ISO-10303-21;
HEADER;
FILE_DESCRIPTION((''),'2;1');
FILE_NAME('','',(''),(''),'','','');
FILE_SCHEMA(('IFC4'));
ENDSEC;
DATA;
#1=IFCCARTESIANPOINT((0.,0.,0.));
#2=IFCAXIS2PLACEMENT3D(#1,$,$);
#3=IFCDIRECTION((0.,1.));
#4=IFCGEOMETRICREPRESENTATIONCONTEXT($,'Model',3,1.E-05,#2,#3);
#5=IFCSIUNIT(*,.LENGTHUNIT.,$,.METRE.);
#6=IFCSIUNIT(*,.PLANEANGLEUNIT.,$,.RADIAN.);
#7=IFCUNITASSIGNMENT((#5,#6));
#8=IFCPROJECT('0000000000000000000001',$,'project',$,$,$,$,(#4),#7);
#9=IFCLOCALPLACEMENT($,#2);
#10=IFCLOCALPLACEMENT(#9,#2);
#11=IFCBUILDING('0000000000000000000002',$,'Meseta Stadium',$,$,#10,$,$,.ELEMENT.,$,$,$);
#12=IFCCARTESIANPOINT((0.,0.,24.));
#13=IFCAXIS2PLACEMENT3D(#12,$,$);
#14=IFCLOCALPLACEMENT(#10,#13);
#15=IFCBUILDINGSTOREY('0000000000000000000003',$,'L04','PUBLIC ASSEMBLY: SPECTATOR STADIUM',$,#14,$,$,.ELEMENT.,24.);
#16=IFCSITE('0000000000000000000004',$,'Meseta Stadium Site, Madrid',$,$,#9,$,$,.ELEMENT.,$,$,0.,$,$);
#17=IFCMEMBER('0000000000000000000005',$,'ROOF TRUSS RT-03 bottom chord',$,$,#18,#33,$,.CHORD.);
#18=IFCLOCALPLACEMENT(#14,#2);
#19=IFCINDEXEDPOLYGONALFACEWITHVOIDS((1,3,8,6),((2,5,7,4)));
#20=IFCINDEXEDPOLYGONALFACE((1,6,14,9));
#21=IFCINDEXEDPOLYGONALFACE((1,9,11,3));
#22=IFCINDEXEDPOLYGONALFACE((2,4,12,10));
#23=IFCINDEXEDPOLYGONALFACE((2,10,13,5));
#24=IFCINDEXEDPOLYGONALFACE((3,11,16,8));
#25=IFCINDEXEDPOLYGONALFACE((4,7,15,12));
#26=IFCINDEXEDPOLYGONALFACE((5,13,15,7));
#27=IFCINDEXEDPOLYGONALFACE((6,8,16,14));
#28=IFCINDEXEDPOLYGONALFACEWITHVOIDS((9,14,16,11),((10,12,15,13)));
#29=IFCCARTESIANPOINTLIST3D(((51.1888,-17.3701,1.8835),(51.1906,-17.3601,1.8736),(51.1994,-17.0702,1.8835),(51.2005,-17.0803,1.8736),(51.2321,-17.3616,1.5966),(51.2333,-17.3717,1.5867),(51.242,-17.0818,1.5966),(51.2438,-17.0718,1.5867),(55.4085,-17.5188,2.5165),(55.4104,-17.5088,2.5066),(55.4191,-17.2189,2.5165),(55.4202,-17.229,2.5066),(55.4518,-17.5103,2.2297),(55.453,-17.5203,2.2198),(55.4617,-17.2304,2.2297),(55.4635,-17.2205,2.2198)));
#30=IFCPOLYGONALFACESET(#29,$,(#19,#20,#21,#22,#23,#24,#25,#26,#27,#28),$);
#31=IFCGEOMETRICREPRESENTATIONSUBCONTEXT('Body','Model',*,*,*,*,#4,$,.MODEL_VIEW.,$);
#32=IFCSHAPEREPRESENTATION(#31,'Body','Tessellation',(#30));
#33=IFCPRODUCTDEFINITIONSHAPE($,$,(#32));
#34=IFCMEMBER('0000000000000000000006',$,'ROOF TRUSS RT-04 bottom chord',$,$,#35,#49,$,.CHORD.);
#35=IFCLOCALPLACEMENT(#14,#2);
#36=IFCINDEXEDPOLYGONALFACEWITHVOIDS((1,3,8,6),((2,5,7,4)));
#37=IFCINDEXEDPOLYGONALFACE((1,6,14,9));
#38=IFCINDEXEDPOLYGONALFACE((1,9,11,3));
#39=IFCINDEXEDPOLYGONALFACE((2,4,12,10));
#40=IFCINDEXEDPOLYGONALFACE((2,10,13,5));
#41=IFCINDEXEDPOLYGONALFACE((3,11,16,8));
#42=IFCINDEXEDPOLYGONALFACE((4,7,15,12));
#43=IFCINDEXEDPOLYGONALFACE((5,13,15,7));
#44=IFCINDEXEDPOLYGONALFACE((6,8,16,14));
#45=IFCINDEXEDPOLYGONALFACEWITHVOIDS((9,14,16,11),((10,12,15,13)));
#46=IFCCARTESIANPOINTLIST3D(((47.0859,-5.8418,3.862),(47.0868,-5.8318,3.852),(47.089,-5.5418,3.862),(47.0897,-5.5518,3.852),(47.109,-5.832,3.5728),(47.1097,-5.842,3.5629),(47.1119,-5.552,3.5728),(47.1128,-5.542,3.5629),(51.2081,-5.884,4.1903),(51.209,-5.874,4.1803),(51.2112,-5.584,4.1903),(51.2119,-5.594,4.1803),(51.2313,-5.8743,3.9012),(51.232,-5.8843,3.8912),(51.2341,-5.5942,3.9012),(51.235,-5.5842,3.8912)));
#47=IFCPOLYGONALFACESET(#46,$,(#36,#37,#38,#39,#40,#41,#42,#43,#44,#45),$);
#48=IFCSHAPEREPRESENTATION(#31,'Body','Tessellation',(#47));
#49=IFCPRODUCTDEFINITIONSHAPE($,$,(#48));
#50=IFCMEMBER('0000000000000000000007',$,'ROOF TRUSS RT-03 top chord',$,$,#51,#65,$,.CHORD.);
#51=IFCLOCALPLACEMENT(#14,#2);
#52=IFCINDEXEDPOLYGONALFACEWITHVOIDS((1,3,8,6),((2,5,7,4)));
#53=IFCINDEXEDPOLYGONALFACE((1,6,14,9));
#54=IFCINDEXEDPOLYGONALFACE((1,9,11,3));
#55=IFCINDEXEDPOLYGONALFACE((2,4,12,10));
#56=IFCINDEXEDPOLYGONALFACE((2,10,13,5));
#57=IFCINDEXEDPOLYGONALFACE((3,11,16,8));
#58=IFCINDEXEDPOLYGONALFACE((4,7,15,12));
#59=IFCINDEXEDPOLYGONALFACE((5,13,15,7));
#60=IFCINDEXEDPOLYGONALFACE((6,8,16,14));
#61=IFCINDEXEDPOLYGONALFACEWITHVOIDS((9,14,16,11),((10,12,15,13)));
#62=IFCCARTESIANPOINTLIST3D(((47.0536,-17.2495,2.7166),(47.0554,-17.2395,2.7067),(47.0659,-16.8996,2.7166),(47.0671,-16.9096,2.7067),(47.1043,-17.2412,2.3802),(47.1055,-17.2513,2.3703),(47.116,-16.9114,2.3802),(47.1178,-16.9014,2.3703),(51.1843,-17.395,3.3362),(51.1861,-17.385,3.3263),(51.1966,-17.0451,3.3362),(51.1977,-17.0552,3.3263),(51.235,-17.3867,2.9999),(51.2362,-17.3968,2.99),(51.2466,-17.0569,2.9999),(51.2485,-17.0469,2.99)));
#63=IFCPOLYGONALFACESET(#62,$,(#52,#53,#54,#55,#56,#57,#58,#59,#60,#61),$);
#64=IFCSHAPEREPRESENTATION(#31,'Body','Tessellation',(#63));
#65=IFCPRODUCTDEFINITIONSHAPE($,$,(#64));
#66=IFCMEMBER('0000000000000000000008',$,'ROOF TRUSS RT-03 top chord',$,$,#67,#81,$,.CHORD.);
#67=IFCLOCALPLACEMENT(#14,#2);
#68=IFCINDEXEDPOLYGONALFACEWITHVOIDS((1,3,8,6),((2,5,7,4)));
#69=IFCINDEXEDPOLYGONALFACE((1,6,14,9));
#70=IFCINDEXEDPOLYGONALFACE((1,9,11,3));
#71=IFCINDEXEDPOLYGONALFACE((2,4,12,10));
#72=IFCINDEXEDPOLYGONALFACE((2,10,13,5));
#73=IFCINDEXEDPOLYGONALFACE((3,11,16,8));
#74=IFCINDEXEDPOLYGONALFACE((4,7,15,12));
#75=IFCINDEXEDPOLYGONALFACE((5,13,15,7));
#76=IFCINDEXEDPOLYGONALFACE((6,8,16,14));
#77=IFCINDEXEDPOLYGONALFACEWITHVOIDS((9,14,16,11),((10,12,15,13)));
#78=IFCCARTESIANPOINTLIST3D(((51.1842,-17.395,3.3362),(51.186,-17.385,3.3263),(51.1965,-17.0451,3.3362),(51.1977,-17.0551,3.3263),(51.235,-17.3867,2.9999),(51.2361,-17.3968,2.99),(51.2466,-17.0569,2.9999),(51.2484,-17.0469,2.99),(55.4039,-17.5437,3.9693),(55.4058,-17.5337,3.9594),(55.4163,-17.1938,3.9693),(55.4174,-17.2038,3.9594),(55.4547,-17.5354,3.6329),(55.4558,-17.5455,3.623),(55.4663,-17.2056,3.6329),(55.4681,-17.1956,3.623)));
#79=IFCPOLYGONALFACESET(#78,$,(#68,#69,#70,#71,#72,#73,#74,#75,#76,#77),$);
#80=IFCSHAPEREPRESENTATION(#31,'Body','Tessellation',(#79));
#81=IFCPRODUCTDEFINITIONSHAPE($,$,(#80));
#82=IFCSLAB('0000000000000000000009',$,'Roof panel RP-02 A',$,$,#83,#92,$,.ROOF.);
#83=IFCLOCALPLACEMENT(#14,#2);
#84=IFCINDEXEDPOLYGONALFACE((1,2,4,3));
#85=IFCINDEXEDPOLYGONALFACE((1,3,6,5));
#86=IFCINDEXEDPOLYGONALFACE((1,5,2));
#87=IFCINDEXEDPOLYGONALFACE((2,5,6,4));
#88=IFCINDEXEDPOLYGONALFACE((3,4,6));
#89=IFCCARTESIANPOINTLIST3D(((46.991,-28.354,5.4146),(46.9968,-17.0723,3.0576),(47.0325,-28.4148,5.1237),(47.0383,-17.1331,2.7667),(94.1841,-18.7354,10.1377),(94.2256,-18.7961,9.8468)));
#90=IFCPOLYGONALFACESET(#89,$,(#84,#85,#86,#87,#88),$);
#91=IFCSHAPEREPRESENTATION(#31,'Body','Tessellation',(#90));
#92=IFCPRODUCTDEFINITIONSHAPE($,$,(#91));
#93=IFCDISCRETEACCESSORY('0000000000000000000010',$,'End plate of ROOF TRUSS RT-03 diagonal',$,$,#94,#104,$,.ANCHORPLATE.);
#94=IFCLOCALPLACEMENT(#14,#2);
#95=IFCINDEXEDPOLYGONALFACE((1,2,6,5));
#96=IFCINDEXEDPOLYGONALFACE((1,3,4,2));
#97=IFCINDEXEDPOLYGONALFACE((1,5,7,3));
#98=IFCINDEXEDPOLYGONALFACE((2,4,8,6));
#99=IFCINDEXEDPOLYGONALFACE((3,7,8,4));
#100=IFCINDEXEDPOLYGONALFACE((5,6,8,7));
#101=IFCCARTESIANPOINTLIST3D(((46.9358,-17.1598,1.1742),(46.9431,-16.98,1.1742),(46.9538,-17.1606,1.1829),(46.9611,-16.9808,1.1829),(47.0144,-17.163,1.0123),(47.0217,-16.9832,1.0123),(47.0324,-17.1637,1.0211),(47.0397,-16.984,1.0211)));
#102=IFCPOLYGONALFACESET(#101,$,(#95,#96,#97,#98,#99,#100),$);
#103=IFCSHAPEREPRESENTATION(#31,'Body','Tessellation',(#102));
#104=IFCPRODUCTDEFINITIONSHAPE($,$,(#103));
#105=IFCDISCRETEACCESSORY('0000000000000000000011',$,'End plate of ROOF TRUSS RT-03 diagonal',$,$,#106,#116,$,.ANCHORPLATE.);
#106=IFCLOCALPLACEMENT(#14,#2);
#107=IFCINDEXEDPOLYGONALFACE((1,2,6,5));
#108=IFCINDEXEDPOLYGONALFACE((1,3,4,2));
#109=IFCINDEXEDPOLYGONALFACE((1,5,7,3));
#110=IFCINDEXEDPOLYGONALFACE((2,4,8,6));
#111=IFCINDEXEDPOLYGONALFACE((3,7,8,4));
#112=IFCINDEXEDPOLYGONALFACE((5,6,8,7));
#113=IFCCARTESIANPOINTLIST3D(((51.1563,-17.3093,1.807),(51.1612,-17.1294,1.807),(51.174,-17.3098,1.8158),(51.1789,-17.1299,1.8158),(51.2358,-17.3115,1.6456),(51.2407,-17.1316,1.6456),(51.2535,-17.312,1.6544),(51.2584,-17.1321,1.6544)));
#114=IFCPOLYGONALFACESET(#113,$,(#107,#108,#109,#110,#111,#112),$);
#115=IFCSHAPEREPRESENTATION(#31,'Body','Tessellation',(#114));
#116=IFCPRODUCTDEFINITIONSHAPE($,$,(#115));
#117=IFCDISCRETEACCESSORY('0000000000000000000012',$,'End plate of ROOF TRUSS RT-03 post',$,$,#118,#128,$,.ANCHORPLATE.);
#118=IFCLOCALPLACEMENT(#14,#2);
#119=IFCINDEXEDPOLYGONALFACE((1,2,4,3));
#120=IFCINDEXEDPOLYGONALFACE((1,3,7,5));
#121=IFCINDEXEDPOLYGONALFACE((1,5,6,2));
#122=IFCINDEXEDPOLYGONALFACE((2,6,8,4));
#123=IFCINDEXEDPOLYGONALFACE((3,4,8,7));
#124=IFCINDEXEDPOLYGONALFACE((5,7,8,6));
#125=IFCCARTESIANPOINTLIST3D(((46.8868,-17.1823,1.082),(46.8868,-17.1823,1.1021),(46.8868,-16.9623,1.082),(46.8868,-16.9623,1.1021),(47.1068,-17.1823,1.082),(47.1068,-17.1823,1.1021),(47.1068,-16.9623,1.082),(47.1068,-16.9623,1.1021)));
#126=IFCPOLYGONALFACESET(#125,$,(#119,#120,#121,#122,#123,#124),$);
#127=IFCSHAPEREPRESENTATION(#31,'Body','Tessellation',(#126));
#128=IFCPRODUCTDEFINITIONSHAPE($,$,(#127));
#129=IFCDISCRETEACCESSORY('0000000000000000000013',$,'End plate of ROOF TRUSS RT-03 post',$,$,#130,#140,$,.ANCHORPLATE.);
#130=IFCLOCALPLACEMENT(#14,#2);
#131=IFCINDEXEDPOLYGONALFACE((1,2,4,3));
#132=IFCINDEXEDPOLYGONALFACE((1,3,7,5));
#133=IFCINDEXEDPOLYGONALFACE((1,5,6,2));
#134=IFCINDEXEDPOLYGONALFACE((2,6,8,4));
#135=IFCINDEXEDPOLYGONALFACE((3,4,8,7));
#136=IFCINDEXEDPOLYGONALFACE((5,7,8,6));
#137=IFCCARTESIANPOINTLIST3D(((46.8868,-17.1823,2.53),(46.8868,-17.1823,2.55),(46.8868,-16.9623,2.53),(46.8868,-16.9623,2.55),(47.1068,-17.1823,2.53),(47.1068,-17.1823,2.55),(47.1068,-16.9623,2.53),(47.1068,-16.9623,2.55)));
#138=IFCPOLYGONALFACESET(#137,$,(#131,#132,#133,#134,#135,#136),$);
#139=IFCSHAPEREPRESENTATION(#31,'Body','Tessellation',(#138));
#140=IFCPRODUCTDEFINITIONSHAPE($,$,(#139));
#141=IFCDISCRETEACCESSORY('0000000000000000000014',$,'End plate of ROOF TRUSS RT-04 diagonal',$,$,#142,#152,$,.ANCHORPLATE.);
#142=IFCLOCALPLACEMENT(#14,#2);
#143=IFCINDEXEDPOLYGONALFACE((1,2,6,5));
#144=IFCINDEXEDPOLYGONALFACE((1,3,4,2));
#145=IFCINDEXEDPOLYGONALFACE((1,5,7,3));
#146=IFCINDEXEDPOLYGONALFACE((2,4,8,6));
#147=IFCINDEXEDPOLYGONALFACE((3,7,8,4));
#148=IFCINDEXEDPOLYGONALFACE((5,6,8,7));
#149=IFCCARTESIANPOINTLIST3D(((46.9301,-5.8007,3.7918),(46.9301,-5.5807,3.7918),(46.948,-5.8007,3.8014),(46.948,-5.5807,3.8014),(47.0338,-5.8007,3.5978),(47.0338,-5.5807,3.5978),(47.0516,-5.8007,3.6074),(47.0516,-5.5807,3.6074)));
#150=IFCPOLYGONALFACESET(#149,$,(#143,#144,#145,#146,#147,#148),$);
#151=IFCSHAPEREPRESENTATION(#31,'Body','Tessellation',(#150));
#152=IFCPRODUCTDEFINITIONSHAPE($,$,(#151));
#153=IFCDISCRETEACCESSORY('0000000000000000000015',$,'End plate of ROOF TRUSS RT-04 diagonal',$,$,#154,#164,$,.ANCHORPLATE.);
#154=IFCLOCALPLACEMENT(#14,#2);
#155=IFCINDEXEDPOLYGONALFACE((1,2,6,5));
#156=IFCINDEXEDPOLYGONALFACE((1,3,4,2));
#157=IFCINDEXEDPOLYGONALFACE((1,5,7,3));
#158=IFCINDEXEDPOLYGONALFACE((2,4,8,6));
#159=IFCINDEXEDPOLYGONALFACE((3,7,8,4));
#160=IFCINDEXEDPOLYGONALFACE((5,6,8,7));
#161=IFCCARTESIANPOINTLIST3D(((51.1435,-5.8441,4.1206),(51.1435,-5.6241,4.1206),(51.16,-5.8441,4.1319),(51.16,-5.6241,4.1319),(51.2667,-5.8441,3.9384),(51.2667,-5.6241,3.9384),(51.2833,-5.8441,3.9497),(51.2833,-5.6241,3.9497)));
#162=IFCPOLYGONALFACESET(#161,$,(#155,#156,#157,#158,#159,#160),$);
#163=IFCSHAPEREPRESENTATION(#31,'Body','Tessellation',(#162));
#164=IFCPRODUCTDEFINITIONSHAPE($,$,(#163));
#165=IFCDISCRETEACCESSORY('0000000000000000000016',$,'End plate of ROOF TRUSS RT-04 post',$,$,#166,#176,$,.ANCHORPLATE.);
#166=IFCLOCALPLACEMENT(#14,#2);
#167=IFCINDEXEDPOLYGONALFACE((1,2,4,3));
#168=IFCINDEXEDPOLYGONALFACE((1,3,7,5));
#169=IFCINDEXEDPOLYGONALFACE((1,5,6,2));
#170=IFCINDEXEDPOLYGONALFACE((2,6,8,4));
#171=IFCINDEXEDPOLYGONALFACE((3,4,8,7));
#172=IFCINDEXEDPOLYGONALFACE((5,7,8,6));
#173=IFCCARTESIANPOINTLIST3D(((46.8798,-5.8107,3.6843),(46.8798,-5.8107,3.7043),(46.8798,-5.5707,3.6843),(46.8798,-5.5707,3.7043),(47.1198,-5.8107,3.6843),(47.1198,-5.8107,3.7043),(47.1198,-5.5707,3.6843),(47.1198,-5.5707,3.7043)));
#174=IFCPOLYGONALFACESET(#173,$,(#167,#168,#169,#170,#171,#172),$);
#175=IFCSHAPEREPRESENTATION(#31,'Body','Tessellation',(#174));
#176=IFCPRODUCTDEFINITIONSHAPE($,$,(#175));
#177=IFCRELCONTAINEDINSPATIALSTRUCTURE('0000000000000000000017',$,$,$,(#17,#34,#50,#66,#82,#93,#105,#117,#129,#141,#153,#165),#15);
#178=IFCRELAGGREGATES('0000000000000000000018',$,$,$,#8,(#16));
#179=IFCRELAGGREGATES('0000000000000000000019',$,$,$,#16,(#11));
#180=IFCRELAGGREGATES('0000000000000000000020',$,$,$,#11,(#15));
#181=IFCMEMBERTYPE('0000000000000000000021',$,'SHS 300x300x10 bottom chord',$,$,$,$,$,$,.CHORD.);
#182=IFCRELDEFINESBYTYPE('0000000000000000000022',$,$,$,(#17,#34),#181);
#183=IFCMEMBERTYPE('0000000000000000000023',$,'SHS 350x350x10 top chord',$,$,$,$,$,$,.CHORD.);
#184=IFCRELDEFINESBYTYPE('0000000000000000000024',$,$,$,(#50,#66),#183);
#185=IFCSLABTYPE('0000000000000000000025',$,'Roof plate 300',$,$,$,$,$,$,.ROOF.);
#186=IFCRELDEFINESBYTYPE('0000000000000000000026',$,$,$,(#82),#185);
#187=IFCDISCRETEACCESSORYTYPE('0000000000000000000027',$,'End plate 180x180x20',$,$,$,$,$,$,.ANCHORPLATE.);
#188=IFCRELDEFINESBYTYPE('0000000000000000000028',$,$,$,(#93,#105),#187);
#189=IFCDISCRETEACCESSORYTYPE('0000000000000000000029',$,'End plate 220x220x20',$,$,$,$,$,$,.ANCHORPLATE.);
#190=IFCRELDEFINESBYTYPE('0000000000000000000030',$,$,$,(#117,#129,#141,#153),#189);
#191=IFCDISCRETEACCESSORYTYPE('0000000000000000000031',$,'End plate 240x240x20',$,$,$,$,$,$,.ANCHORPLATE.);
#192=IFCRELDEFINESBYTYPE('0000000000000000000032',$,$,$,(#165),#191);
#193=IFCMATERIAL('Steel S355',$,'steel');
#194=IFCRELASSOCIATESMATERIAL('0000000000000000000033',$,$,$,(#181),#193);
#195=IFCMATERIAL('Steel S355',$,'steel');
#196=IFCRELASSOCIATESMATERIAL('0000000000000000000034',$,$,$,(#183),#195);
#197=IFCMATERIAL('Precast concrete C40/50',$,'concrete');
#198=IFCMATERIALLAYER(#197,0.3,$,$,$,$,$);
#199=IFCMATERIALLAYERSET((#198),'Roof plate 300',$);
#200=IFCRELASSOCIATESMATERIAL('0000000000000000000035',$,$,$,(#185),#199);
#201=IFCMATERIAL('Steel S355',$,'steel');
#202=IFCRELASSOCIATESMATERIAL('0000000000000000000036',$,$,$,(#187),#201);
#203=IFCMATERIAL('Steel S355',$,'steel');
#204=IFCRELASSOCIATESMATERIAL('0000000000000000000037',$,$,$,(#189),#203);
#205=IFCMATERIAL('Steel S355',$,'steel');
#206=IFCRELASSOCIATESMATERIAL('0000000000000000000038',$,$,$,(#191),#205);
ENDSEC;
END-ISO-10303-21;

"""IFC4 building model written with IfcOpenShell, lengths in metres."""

from ifc_helpers import new_model, si_unit, direction, frame, origin, origin_2d, place, context, subcontext, project, spatial, polyline, rectangle, hollow_rectangle, outline, extrude, material, layer, layer_set, material_profile, profile_set, type_object, element, save


model = new_model("IFC4")

# Units and contexts
model_context = context("Model", 3, precision=1e-05, world=origin(), true_north=direction((0.0, 1.0)))
body_context = subcontext(model_context, "Body", "Model", "MODEL_VIEW")
ifc_project = project(units=[si_unit("LENGTHUNIT", "METRE"), si_unit("PLANEANGLEUNIT", "RADIAN")], contexts=[model_context])

# Site, building, storey
site_placement = place(None, origin())
site = spatial("IfcSite", under=ifc_project, at=site_placement, Name="Meseta Stadium Site, Madrid", CompositionType="ELEMENT", RefElevation=0.0)
building_placement = place(site_placement, origin())
building = spatial("IfcBuilding", under=site, at=building_placement, Name="Meseta Stadium", CompositionType="ELEMENT")
storey_placement = place(building_placement, frame((0.0, 0.0, 24.0)))
storey = spatial("IfcBuildingStorey", under=building, at=storey_placement, Name="L04", Description="PUBLIC ASSEMBLY: SPECTATOR STADIUM", CompositionType="ELEMENT", Elevation=24.0)

# Members
ifc_material_1 = material(Name="Steel S355", Category="steel")
ifc_material_profile_1 = material_profile(ifc_material_1, hollow_rectangle(XDim=0.3, YDim=0.3, WallThickness=0.01, at=origin_2d()), Name="SHS 300x300x10")
ifc_profile_set_1 = profile_set([ifc_material_profile_1], Name="Steel S355")
member_type_1 = type_object("IfcMemberType", Name="SHS 300x300x10 bottom chord", PredefinedType="CHORD", material=ifc_profile_set_1)
member_1_placement = place(storey_placement, frame((51.2163, -17.2209, 1.7351), z_axis=(0.988333, -0.034824, 0.148273), x_axis=(0.035213, 0.99938, 0.0)))
element("IfcMember", 1, at=member_1_placement, inside=storey, type_object=member_type_1, Name="ROOF TRUSS RT-03 bottom chord", PredefinedType="CHORD", context=body_context, shape_type="SweptSolid", body=[
    extrude(hollow_rectangle(XDim=0.3, YDim=0.3, WallThickness=0.01, at=origin_2d()), origin(), (0.0, 0.0, 1.0), 4.2695),
])
member_2_placement = place(storey_placement, frame((47.0994, -5.6919, 3.7124), z_axis=(0.99679, -0.010213, 0.079401), x_axis=(0.010245, 0.999948, 0.0)))
element("IfcMember", 2, at=member_2_placement, inside=storey, type_object=member_type_1, Name="ROOF TRUSS RT-04 bottom chord", PredefinedType="CHORD", context=body_context, shape_type="SweptSolid", body=[
    extrude(hollow_rectangle(XDim=0.3, YDim=0.3, WallThickness=0.01, at=origin_2d()), origin(), (0.0, 0.0, 1.0), 4.1355),
])
ifc_material_2 = material(Name="Steel S355", Category="steel")
ifc_material_profile_2 = material_profile(ifc_material_2, hollow_rectangle(XDim=0.3501, YDim=0.3501, WallThickness=0.01, at=origin_2d()), Name="SHS 350x350x10")
ifc_profile_set_2 = profile_set([ifc_material_profile_2], Name="Steel S355")
member_type_2 = type_object("IfcMemberType", Name="SHS 350x350x10 top chord", PredefinedType="CHORD", material=ifc_profile_set_2)
member_3_placement = place(storey_placement, frame((47.0857, -17.0754, 2.5435), z_axis=(0.988336, -0.034816, 0.148259), x_axis=(0.035205, 0.99938, 0.0)))
element("IfcMember", 3, at=member_3_placement, inside=storey, type_object=member_type_2, Name="ROOF TRUSS RT-03 top chord", PredefinedType="CHORD", context=body_context, shape_type="SweptSolid", body=[
    extrude(hollow_rectangle(XDim=0.3501, YDim=0.3501, WallThickness=0.01, at=origin_2d()), origin(), (0.0, 0.0, 1.0), 4.1794),
])
member_4_placement = place(storey_placement, frame((51.2163, -17.2209, 3.1631), z_axis=(0.988333, -0.034824, 0.148273), x_axis=(0.035213, 0.99938, 0.0)))
element("IfcMember", 4, at=member_4_placement, inside=storey, type_object=member_type_2, Name="ROOF TRUSS RT-03 top chord", PredefinedType="CHORD", context=body_context, shape_type="SweptSolid", body=[
    extrude(hollow_rectangle(XDim=0.3501, YDim=0.3501, WallThickness=0.01, at=origin_2d()), origin(), (0.0, 0.0, 1.0), 4.2695),
])

# Slab
ifc_material_3 = material(Name="Precast concrete C40/50", Category="concrete")
ifc_layer = layer(ifc_material_3, 0.3)
ifc_layer_set = layer_set([ifc_layer], Name="Roof plate 300")
slab_type = type_object("IfcSlabType", Name="Roof plate 300", PredefinedType="ROOF", material=ifc_layer_set)
slab_placement = place(storey_placement, frame((46.9968, -17.0723, 3.0576), z_axis=(-0.138317, 0.202604, 0.969443), x_axis=(0.98833, -0.034833, 0.148291)))
element("IfcSlab", 5, at=slab_placement, inside=storey, type_object=slab_type, Name="Roof panel RP-02 A", PredefinedType="ROOF", context=body_context, shape_type="SweptSolid", body=[
    extrude(outline(polyline([(0.0, 0.0), (47.7444, 0.0), (0.7367, -11.5017), (0.0, 0.0)])), origin(), (0.0, 0.0, -1.0), 0.3),
])

# Discrete accessories
ifc_material_4 = material(Name="Steel S355", Category="steel")
ifc_material_profile_3 = material_profile(ifc_material_4, rectangle(XDim=0.1799, YDim=0.1799, at=origin_2d()), Name="PL 180x180")
ifc_profile_set_3 = profile_set([ifc_material_profile_3], Name="Steel S355")
discrete_accessory_type_1 = type_object("IfcDiscreteAccessoryType", Name="End plate 180x180x20", PredefinedType="ANCHORPLATE", material=ifc_profile_set_3)
discrete_accessory_1_placement = place(storey_placement, frame((46.9788, -17.0715, 1.0933), z_axis=(0.898638, -0.036431, 0.437175), x_axis=(0.040507, 0.999179, 0.0)))
element("IfcDiscreteAccessory", 6, at=discrete_accessory_1_placement, inside=storey, type_object=discrete_accessory_type_1, Name="End plate of ROOF TRUSS RT-03 diagonal", PredefinedType="ANCHORPLATE", context=body_context, shape_type="SweptSolid", body=[
    extrude(rectangle(XDim=0.1799, YDim=0.1799, at=origin_2d()), origin(), (0.0, 0.0, 1.0), 0.02),
])
discrete_accessory_2_placement = place(storey_placement, frame((51.1985, -17.2205, 1.7263), z_axis=(0.8966, -0.024564, 0.442159), x_axis=(0.027387, 0.999625, 0.0)))
element("IfcDiscreteAccessory", 7, at=discrete_accessory_2_placement, inside=storey, type_object=discrete_accessory_type_1, Name="End plate of ROOF TRUSS RT-03 diagonal", PredefinedType="ANCHORPLATE", context=body_context, shape_type="SweptSolid", body=[
    extrude(rectangle(XDim=0.1799, YDim=0.1799, at=origin_2d()), origin(), (0.0, 0.0, 1.0), 0.0198),
])
ifc_material_5 = material(Name="Steel S355", Category="steel")
ifc_material_profile_4 = material_profile(ifc_material_5, rectangle(XDim=0.22, YDim=0.22, at=origin_2d()), Name="PL 220x220")
ifc_profile_set_4 = profile_set([ifc_material_profile_4], Name="Steel S355")
discrete_accessory_type_2 = type_object("IfcDiscreteAccessoryType", Name="End plate 220x220x20", PredefinedType="ANCHORPLATE", material=ifc_profile_set_4)
for number, where, z_axis, x_axis, name in (
    (8, (46.9968, -17.0723, 1.082), (0.0, 0.0, 1.0), (1.0, 0.0, 0.0), "End plate of ROOF TRUSS RT-03 post"),
    (9, (46.9968, -17.0723, 2.53), (0.0, 0.0, 1.0), (1.0, 0.0, 0.0), "End plate of ROOF TRUSS RT-03 post"),
):
    element("IfcDiscreteAccessory", number, at=place(storey_placement, frame(where, z_axis=z_axis, x_axis=x_axis)), inside=storey, type_object=discrete_accessory_type_2, Name=name, PredefinedType="ANCHORPLATE", context=body_context, shape_type="SweptSolid", body=[
        extrude(rectangle(XDim=0.22, YDim=0.22, at=origin_2d()), origin(), (0.0, 0.0, 1.0), 0.02),
    ])
discrete_accessory_3_placement = place(storey_placement, frame((46.9819, -5.6907, 3.6948), z_axis=(0.882018, 0.0, 0.471215), x_axis=(0.0, 1.0, 0.0)))
element("IfcDiscreteAccessory", 10, at=discrete_accessory_3_placement, inside=storey, type_object=discrete_accessory_type_2, Name="End plate of ROOF TRUSS RT-04 diagonal", PredefinedType="ANCHORPLATE", context=body_context, shape_type="SweptSolid", body=[
    extrude(rectangle(XDim=0.22, YDim=0.22, at=origin_2d()), origin(), (0.0, 0.0, 1.0), 0.0203),
])
discrete_accessory_4_placement = place(storey_placement, frame((51.2051, -5.7341, 4.0295), z_axis=(0.828283, 0.0, 0.560309), x_axis=(0.0, 1.0, 0.0)))
element("IfcDiscreteAccessory", 11, at=discrete_accessory_4_placement, inside=storey, type_object=discrete_accessory_type_2, Name="End plate of ROOF TRUSS RT-04 diagonal", PredefinedType="ANCHORPLATE", context=body_context, shape_type="SweptSolid", body=[
    extrude(rectangle(XDim=0.22, YDim=0.22, at=origin_2d()), origin(), (0.0, 0.0, 1.0), 0.02),
])
ifc_material_6 = material(Name="Steel S355", Category="steel")
ifc_material_profile_5 = material_profile(ifc_material_6, rectangle(XDim=0.24, YDim=0.24, at=origin_2d()), Name="PL 240x240")
ifc_profile_set_5 = profile_set([ifc_material_profile_5], Name="Steel S355")
discrete_accessory_type_3 = type_object("IfcDiscreteAccessoryType", Name="End plate 240x240x20", PredefinedType="ANCHORPLATE", material=ifc_profile_set_5)
for number, where, z_axis, x_axis, name in (
    (12, (46.9998, -5.6907, 3.6843), (0.0, 0.0, 1.0), (1.0, 0.0, 0.0), "End plate of ROOF TRUSS RT-04 post"),
):
    element("IfcDiscreteAccessory", number, at=place(storey_placement, frame(where, z_axis=z_axis, x_axis=x_axis)), inside=storey, type_object=discrete_accessory_type_3, Name=name, PredefinedType="ANCHORPLATE", context=body_context, shape_type="SweptSolid", body=[
        extrude(rectangle(XDim=0.24, YDim=0.24, at=origin_2d()), origin(), (0.0, 0.0, 1.0), 0.02),
    ])

save(model, "model.ifc")
